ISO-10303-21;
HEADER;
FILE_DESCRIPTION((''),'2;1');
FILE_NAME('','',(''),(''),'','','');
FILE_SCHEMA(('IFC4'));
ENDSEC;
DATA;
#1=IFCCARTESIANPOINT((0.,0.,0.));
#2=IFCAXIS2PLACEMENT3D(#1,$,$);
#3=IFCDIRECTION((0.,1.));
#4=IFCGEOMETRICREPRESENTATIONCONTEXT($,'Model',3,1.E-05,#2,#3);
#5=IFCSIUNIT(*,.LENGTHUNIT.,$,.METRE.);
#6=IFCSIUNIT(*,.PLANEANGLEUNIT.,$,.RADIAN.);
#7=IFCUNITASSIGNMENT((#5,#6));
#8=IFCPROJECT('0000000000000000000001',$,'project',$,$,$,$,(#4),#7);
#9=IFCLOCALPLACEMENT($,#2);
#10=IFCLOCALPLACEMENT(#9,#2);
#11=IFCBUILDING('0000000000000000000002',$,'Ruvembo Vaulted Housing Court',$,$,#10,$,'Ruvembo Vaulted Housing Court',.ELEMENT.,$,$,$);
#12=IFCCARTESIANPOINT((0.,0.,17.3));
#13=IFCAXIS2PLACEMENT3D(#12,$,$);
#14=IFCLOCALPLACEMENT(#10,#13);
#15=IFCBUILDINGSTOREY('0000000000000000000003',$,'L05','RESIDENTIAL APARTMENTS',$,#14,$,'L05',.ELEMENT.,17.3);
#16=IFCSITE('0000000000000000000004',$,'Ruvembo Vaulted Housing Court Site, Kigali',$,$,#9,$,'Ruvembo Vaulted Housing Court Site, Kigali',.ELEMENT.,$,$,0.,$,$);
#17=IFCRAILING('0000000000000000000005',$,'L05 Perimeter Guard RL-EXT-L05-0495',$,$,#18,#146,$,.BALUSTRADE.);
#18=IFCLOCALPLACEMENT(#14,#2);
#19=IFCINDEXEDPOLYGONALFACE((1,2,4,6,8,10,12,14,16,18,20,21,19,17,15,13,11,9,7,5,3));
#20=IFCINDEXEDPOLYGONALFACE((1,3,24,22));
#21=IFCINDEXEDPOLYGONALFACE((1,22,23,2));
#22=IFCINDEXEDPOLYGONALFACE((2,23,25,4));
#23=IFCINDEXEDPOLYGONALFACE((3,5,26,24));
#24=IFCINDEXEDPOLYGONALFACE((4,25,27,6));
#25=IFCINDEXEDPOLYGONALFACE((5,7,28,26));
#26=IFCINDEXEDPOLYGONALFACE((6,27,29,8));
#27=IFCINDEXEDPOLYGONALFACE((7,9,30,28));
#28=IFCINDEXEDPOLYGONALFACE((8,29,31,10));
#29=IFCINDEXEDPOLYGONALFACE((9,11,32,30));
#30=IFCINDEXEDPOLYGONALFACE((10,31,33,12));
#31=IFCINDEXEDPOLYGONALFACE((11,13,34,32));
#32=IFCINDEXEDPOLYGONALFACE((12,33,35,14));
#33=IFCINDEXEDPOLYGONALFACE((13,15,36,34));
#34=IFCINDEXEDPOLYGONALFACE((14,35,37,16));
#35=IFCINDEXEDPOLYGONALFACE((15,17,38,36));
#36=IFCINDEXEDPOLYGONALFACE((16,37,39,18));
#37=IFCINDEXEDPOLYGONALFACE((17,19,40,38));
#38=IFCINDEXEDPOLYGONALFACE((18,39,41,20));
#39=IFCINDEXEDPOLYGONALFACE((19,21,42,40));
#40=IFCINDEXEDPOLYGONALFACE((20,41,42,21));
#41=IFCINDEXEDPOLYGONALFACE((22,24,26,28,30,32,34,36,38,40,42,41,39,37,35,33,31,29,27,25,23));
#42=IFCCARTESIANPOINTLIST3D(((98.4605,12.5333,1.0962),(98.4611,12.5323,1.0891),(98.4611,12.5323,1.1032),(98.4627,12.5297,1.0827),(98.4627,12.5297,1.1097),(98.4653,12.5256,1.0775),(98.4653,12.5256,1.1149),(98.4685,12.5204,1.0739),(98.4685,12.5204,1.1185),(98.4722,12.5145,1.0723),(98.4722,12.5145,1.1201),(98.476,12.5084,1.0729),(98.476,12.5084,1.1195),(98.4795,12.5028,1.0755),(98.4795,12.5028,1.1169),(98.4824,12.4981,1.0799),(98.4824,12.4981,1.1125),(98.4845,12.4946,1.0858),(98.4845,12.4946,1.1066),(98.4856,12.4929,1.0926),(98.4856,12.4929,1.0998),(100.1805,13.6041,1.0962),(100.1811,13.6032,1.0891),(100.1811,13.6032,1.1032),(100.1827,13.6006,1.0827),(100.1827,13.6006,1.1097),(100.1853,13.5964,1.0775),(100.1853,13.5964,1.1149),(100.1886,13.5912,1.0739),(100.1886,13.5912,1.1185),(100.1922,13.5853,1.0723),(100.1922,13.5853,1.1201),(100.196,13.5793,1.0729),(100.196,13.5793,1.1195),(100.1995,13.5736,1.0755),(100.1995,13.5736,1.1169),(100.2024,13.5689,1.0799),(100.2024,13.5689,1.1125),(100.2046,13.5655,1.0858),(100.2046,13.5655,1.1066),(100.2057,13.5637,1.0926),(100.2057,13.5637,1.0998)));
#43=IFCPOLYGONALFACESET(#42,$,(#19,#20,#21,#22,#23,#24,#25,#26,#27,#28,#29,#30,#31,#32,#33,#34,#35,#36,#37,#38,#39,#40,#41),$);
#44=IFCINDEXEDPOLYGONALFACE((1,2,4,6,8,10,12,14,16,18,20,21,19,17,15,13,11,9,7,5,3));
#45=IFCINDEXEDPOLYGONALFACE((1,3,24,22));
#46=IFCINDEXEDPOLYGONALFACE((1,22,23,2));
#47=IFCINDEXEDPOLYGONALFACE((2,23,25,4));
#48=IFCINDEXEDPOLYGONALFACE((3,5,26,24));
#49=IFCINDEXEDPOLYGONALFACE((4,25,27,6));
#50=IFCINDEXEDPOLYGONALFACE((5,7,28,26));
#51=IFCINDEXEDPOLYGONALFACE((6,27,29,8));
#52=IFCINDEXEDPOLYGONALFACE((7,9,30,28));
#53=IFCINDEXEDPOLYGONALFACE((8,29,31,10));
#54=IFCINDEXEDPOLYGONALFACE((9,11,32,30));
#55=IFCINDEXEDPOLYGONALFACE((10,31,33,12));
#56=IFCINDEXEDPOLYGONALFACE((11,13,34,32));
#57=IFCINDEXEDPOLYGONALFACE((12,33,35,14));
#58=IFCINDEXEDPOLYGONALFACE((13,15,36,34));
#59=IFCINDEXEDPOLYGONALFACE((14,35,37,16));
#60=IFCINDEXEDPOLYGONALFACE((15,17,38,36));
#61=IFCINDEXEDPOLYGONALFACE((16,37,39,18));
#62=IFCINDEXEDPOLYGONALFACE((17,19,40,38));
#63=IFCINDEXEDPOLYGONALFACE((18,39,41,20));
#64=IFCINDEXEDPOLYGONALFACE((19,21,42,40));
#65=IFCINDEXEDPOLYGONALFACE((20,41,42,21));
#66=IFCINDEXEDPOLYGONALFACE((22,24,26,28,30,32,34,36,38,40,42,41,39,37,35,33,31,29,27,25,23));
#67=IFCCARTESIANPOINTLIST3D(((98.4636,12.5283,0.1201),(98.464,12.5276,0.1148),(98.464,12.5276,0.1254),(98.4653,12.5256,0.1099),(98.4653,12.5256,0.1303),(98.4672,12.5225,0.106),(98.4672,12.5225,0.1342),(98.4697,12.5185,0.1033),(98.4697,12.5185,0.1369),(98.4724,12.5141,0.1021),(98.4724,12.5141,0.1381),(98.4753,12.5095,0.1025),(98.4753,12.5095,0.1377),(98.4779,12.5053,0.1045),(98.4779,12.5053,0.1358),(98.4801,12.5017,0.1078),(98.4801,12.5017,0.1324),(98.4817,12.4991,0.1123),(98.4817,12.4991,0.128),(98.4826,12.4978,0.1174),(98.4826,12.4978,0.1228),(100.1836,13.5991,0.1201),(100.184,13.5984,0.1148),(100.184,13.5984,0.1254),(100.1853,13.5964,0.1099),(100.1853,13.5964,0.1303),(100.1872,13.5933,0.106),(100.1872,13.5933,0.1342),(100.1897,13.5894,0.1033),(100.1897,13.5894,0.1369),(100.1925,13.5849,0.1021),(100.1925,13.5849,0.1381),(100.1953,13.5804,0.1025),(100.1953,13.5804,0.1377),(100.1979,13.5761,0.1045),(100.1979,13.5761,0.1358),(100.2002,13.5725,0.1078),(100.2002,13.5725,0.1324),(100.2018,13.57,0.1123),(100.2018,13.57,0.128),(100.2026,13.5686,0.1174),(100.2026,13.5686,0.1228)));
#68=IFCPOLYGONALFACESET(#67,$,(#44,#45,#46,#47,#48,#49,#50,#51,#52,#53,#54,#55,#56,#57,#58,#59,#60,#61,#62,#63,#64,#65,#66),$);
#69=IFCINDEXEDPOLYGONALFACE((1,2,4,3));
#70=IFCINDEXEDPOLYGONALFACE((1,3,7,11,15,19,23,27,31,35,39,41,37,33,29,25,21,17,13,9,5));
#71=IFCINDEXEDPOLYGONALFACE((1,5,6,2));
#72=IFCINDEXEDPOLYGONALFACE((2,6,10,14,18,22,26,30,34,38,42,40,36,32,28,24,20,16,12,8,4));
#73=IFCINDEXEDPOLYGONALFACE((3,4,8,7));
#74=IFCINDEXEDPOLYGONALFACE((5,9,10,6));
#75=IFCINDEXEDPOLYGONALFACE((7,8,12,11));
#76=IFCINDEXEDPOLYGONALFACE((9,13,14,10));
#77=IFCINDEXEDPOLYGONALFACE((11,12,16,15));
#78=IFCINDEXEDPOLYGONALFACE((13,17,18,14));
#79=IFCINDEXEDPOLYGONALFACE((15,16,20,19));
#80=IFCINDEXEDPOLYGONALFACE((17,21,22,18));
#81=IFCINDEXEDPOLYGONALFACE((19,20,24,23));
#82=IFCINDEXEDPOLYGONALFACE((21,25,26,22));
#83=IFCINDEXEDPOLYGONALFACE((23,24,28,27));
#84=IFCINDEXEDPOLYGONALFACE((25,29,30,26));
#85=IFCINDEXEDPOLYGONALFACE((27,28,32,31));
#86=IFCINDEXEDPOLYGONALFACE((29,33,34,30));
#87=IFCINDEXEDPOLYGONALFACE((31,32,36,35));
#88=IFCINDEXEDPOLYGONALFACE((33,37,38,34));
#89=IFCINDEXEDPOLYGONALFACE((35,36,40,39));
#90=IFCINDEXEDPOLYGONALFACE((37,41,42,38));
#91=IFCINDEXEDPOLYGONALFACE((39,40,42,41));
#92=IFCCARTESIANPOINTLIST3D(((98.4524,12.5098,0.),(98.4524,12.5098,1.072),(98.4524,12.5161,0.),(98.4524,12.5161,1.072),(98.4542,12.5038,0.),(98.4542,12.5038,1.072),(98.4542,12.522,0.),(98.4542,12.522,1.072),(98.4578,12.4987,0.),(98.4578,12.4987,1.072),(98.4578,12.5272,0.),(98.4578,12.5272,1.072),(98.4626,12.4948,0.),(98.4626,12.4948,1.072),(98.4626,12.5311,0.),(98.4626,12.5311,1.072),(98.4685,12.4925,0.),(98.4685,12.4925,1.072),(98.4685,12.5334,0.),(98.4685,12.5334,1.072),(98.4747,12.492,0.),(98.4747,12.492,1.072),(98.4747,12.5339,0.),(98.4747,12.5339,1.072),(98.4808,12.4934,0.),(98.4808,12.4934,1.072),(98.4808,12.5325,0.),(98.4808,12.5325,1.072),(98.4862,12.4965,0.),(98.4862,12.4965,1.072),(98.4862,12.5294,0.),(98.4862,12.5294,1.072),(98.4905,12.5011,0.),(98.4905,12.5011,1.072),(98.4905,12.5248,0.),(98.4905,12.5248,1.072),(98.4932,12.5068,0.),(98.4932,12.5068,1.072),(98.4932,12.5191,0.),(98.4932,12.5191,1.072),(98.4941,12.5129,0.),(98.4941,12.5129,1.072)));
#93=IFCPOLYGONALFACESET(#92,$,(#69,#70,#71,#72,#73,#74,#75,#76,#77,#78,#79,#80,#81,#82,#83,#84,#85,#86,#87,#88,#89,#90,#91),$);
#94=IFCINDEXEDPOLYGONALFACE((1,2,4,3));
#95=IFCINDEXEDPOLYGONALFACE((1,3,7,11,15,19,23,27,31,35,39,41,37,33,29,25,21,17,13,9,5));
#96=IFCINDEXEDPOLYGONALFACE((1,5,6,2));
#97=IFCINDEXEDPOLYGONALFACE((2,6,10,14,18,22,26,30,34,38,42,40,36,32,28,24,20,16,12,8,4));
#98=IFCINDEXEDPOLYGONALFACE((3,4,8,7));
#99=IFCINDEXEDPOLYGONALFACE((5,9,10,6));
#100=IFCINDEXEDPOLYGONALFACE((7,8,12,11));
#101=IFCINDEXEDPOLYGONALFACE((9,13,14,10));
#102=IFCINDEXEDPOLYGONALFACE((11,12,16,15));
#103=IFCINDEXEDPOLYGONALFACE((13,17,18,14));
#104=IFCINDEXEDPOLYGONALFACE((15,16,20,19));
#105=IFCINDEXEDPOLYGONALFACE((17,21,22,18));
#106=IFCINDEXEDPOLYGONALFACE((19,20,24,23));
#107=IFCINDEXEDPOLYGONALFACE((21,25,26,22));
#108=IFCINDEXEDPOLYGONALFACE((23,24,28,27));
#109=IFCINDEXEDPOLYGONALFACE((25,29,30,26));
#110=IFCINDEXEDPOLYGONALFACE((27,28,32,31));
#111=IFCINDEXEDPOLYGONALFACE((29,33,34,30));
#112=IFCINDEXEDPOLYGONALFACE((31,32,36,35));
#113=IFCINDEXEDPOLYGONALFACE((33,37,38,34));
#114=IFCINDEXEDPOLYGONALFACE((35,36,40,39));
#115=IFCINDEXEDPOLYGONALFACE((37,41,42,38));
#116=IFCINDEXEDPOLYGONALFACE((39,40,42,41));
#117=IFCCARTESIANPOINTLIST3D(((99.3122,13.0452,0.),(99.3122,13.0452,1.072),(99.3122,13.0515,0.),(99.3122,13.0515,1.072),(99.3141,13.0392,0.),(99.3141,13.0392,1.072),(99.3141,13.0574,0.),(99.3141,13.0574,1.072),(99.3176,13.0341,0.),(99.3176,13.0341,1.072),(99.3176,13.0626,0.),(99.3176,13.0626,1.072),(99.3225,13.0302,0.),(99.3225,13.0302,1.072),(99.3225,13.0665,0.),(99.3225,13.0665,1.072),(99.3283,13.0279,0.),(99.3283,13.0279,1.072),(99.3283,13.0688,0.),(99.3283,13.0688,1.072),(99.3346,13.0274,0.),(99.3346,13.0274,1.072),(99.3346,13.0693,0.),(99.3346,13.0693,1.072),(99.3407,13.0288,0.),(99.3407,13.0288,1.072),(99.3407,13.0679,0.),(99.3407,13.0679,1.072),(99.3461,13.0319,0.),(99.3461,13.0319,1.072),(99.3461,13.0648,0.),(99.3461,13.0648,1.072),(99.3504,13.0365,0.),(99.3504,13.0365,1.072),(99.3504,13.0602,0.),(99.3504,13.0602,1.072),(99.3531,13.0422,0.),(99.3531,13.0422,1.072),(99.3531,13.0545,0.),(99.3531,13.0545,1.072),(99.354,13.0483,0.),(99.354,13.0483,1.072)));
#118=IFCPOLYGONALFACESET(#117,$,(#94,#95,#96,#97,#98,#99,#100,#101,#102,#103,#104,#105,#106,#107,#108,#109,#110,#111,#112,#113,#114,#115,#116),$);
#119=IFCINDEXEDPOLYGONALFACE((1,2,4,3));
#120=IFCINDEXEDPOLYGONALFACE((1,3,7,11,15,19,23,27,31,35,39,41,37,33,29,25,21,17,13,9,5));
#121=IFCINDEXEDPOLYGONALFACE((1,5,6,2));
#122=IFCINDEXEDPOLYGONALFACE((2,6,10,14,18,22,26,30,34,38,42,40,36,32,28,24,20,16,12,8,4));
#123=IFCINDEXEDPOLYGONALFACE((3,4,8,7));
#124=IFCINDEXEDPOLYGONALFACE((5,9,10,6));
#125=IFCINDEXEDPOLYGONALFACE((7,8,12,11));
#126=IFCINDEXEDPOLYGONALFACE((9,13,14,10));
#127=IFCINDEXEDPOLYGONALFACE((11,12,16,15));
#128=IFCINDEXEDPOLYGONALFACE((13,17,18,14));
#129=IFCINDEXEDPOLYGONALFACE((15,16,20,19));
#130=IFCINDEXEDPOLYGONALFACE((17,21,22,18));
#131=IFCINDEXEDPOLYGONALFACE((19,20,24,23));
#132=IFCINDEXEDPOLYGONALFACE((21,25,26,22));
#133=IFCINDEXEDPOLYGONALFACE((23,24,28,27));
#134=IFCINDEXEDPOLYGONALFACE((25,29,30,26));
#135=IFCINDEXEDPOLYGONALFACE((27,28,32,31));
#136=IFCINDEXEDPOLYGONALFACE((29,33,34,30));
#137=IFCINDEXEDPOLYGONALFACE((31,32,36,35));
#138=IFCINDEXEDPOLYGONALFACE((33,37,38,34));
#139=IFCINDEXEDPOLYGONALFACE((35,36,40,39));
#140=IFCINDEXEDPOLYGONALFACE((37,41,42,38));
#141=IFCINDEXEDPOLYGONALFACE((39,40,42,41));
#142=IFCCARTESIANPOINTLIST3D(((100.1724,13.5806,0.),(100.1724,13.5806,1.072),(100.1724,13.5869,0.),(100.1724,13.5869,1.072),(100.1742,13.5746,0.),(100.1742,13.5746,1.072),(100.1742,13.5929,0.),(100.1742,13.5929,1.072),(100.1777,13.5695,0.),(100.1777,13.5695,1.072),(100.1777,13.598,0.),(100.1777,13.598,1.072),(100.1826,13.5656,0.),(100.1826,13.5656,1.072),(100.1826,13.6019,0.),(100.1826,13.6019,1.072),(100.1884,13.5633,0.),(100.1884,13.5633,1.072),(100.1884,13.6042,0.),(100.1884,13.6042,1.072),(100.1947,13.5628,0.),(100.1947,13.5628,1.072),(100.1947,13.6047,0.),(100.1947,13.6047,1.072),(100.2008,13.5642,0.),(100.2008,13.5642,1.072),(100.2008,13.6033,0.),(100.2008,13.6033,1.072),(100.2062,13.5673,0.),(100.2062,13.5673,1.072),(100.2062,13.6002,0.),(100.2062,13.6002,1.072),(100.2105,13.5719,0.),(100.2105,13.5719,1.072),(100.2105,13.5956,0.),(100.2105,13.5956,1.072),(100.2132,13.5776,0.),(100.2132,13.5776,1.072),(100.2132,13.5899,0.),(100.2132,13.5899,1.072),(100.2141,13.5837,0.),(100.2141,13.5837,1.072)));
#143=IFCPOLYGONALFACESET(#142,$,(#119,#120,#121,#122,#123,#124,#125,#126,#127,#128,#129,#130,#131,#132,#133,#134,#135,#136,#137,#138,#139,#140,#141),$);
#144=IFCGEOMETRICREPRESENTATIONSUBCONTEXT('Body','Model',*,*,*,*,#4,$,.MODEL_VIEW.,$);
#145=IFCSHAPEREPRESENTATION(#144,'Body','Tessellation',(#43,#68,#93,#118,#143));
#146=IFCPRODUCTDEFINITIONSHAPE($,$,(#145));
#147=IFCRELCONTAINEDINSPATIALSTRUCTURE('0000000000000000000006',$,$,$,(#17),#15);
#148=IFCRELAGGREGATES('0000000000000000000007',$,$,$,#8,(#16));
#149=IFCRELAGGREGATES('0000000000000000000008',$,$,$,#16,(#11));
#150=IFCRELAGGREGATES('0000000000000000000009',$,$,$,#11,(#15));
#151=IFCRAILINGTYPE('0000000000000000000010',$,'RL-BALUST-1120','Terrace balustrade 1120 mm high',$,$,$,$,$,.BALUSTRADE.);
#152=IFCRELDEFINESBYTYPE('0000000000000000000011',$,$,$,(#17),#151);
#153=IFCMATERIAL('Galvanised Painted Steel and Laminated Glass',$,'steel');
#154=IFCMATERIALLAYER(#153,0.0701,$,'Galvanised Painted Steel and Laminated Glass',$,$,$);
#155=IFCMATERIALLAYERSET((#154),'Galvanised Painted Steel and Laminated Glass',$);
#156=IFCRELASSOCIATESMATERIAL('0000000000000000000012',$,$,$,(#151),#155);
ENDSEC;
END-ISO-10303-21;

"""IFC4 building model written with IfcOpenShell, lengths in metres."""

from ifc_helpers import new_model, si_unit, direction, frame, origin, origin_2d, place, context, subcontext, project, spatial, circle, extrude, material, layer, layer_set, type_object, element, save


model = new_model("IFC4")

# Units and contexts
model_context = context("Model", 3, precision=1e-05, world=origin(), true_north=direction((0.0, 1.0)))
body_context = subcontext(model_context, "Body", "Model", "MODEL_VIEW")
ifc_project = project(units=[si_unit("LENGTHUNIT", "METRE"), si_unit("PLANEANGLEUNIT", "RADIAN")], contexts=[model_context])

# Site, building, storey
site_placement = place(None, origin())
site = spatial("IfcSite", under=ifc_project, at=site_placement, Name="Ruvembo Vaulted Housing Court Site, Kigali", LongName="Ruvembo Vaulted Housing Court Site, Kigali", CompositionType="ELEMENT", RefElevation=0.0)
building_placement = place(site_placement, origin())
building = spatial("IfcBuilding", under=site, at=building_placement, Name="Ruvembo Vaulted Housing Court", LongName="Ruvembo Vaulted Housing Court", CompositionType="ELEMENT")
storey_placement = place(building_placement, frame((0.0, 0.0, 17.3)))
storey = spatial("IfcBuildingStorey", under=building, at=storey_placement, Name="L05", Description="RESIDENTIAL APARTMENTS", LongName="L05", CompositionType="ELEMENT", Elevation=17.3)

# Railing
ifc_material_1 = material(Name="Galvanised Painted Steel and Laminated Glass", Category="steel")
ifc_layer_1 = layer(ifc_material_1, 0.0701, Name="Galvanised Painted Steel and Laminated Glass")
ifc_layer_set_1 = layer_set([ifc_layer_1], Name="Galvanised Painted Steel and Laminated Glass")
railing_type_1 = type_object("IfcRailingType", Name="RL-BALUST-1120", Description="Terrace balustrade 1120 mm high", PredefinedType="BALUSTRADE", material=ifc_layer_set_1)
railing_1_placement = place(storey_placement, frame((98.4731, 12.5129, 0.0)))
element("IfcRailing", 1, at=railing_1_placement, inside=storey, type_object=railing_type_1, Name="L05 Perimeter Guard RL-EXT-L05-0495", PredefinedType="BALUSTRADE", context=body_context, shape_type="SweptSolid", body=[
    extrude(circle(Radius=0.0239, at=origin_2d()), frame((0.0, 0.0, 1.0962), z_axis=(0.848924, 0.528514, 0.0), x_axis=(-0.528514, 0.848924, 0.0)), (0.0, 0.0, 1.0), 2.0261),
    extrude(circle(Radius=0.0181, at=origin_2d()), frame((0.0, 0.0, 0.1201), z_axis=(0.848924, 0.528514, 0.0), x_axis=(-0.528514, 0.848924, 0.0)), (0.0, 0.0, 1.0), 2.0261),
    extrude(circle(Radius=0.021, at=origin_2d()), origin(), (0.0, 0.0, 1.0), 1.072),
    extrude(circle(Radius=0.021, at=origin_2d()), frame((0.8599, 0.5354, 0.0)), (0.0, 0.0, 1.0), 1.072),
    extrude(circle(Radius=0.021, at=origin_2d()), frame((1.72, 1.0708, 0.0)), (0.0, 0.0, 1.0), 1.072),
])

save(model, "model.ifc")
